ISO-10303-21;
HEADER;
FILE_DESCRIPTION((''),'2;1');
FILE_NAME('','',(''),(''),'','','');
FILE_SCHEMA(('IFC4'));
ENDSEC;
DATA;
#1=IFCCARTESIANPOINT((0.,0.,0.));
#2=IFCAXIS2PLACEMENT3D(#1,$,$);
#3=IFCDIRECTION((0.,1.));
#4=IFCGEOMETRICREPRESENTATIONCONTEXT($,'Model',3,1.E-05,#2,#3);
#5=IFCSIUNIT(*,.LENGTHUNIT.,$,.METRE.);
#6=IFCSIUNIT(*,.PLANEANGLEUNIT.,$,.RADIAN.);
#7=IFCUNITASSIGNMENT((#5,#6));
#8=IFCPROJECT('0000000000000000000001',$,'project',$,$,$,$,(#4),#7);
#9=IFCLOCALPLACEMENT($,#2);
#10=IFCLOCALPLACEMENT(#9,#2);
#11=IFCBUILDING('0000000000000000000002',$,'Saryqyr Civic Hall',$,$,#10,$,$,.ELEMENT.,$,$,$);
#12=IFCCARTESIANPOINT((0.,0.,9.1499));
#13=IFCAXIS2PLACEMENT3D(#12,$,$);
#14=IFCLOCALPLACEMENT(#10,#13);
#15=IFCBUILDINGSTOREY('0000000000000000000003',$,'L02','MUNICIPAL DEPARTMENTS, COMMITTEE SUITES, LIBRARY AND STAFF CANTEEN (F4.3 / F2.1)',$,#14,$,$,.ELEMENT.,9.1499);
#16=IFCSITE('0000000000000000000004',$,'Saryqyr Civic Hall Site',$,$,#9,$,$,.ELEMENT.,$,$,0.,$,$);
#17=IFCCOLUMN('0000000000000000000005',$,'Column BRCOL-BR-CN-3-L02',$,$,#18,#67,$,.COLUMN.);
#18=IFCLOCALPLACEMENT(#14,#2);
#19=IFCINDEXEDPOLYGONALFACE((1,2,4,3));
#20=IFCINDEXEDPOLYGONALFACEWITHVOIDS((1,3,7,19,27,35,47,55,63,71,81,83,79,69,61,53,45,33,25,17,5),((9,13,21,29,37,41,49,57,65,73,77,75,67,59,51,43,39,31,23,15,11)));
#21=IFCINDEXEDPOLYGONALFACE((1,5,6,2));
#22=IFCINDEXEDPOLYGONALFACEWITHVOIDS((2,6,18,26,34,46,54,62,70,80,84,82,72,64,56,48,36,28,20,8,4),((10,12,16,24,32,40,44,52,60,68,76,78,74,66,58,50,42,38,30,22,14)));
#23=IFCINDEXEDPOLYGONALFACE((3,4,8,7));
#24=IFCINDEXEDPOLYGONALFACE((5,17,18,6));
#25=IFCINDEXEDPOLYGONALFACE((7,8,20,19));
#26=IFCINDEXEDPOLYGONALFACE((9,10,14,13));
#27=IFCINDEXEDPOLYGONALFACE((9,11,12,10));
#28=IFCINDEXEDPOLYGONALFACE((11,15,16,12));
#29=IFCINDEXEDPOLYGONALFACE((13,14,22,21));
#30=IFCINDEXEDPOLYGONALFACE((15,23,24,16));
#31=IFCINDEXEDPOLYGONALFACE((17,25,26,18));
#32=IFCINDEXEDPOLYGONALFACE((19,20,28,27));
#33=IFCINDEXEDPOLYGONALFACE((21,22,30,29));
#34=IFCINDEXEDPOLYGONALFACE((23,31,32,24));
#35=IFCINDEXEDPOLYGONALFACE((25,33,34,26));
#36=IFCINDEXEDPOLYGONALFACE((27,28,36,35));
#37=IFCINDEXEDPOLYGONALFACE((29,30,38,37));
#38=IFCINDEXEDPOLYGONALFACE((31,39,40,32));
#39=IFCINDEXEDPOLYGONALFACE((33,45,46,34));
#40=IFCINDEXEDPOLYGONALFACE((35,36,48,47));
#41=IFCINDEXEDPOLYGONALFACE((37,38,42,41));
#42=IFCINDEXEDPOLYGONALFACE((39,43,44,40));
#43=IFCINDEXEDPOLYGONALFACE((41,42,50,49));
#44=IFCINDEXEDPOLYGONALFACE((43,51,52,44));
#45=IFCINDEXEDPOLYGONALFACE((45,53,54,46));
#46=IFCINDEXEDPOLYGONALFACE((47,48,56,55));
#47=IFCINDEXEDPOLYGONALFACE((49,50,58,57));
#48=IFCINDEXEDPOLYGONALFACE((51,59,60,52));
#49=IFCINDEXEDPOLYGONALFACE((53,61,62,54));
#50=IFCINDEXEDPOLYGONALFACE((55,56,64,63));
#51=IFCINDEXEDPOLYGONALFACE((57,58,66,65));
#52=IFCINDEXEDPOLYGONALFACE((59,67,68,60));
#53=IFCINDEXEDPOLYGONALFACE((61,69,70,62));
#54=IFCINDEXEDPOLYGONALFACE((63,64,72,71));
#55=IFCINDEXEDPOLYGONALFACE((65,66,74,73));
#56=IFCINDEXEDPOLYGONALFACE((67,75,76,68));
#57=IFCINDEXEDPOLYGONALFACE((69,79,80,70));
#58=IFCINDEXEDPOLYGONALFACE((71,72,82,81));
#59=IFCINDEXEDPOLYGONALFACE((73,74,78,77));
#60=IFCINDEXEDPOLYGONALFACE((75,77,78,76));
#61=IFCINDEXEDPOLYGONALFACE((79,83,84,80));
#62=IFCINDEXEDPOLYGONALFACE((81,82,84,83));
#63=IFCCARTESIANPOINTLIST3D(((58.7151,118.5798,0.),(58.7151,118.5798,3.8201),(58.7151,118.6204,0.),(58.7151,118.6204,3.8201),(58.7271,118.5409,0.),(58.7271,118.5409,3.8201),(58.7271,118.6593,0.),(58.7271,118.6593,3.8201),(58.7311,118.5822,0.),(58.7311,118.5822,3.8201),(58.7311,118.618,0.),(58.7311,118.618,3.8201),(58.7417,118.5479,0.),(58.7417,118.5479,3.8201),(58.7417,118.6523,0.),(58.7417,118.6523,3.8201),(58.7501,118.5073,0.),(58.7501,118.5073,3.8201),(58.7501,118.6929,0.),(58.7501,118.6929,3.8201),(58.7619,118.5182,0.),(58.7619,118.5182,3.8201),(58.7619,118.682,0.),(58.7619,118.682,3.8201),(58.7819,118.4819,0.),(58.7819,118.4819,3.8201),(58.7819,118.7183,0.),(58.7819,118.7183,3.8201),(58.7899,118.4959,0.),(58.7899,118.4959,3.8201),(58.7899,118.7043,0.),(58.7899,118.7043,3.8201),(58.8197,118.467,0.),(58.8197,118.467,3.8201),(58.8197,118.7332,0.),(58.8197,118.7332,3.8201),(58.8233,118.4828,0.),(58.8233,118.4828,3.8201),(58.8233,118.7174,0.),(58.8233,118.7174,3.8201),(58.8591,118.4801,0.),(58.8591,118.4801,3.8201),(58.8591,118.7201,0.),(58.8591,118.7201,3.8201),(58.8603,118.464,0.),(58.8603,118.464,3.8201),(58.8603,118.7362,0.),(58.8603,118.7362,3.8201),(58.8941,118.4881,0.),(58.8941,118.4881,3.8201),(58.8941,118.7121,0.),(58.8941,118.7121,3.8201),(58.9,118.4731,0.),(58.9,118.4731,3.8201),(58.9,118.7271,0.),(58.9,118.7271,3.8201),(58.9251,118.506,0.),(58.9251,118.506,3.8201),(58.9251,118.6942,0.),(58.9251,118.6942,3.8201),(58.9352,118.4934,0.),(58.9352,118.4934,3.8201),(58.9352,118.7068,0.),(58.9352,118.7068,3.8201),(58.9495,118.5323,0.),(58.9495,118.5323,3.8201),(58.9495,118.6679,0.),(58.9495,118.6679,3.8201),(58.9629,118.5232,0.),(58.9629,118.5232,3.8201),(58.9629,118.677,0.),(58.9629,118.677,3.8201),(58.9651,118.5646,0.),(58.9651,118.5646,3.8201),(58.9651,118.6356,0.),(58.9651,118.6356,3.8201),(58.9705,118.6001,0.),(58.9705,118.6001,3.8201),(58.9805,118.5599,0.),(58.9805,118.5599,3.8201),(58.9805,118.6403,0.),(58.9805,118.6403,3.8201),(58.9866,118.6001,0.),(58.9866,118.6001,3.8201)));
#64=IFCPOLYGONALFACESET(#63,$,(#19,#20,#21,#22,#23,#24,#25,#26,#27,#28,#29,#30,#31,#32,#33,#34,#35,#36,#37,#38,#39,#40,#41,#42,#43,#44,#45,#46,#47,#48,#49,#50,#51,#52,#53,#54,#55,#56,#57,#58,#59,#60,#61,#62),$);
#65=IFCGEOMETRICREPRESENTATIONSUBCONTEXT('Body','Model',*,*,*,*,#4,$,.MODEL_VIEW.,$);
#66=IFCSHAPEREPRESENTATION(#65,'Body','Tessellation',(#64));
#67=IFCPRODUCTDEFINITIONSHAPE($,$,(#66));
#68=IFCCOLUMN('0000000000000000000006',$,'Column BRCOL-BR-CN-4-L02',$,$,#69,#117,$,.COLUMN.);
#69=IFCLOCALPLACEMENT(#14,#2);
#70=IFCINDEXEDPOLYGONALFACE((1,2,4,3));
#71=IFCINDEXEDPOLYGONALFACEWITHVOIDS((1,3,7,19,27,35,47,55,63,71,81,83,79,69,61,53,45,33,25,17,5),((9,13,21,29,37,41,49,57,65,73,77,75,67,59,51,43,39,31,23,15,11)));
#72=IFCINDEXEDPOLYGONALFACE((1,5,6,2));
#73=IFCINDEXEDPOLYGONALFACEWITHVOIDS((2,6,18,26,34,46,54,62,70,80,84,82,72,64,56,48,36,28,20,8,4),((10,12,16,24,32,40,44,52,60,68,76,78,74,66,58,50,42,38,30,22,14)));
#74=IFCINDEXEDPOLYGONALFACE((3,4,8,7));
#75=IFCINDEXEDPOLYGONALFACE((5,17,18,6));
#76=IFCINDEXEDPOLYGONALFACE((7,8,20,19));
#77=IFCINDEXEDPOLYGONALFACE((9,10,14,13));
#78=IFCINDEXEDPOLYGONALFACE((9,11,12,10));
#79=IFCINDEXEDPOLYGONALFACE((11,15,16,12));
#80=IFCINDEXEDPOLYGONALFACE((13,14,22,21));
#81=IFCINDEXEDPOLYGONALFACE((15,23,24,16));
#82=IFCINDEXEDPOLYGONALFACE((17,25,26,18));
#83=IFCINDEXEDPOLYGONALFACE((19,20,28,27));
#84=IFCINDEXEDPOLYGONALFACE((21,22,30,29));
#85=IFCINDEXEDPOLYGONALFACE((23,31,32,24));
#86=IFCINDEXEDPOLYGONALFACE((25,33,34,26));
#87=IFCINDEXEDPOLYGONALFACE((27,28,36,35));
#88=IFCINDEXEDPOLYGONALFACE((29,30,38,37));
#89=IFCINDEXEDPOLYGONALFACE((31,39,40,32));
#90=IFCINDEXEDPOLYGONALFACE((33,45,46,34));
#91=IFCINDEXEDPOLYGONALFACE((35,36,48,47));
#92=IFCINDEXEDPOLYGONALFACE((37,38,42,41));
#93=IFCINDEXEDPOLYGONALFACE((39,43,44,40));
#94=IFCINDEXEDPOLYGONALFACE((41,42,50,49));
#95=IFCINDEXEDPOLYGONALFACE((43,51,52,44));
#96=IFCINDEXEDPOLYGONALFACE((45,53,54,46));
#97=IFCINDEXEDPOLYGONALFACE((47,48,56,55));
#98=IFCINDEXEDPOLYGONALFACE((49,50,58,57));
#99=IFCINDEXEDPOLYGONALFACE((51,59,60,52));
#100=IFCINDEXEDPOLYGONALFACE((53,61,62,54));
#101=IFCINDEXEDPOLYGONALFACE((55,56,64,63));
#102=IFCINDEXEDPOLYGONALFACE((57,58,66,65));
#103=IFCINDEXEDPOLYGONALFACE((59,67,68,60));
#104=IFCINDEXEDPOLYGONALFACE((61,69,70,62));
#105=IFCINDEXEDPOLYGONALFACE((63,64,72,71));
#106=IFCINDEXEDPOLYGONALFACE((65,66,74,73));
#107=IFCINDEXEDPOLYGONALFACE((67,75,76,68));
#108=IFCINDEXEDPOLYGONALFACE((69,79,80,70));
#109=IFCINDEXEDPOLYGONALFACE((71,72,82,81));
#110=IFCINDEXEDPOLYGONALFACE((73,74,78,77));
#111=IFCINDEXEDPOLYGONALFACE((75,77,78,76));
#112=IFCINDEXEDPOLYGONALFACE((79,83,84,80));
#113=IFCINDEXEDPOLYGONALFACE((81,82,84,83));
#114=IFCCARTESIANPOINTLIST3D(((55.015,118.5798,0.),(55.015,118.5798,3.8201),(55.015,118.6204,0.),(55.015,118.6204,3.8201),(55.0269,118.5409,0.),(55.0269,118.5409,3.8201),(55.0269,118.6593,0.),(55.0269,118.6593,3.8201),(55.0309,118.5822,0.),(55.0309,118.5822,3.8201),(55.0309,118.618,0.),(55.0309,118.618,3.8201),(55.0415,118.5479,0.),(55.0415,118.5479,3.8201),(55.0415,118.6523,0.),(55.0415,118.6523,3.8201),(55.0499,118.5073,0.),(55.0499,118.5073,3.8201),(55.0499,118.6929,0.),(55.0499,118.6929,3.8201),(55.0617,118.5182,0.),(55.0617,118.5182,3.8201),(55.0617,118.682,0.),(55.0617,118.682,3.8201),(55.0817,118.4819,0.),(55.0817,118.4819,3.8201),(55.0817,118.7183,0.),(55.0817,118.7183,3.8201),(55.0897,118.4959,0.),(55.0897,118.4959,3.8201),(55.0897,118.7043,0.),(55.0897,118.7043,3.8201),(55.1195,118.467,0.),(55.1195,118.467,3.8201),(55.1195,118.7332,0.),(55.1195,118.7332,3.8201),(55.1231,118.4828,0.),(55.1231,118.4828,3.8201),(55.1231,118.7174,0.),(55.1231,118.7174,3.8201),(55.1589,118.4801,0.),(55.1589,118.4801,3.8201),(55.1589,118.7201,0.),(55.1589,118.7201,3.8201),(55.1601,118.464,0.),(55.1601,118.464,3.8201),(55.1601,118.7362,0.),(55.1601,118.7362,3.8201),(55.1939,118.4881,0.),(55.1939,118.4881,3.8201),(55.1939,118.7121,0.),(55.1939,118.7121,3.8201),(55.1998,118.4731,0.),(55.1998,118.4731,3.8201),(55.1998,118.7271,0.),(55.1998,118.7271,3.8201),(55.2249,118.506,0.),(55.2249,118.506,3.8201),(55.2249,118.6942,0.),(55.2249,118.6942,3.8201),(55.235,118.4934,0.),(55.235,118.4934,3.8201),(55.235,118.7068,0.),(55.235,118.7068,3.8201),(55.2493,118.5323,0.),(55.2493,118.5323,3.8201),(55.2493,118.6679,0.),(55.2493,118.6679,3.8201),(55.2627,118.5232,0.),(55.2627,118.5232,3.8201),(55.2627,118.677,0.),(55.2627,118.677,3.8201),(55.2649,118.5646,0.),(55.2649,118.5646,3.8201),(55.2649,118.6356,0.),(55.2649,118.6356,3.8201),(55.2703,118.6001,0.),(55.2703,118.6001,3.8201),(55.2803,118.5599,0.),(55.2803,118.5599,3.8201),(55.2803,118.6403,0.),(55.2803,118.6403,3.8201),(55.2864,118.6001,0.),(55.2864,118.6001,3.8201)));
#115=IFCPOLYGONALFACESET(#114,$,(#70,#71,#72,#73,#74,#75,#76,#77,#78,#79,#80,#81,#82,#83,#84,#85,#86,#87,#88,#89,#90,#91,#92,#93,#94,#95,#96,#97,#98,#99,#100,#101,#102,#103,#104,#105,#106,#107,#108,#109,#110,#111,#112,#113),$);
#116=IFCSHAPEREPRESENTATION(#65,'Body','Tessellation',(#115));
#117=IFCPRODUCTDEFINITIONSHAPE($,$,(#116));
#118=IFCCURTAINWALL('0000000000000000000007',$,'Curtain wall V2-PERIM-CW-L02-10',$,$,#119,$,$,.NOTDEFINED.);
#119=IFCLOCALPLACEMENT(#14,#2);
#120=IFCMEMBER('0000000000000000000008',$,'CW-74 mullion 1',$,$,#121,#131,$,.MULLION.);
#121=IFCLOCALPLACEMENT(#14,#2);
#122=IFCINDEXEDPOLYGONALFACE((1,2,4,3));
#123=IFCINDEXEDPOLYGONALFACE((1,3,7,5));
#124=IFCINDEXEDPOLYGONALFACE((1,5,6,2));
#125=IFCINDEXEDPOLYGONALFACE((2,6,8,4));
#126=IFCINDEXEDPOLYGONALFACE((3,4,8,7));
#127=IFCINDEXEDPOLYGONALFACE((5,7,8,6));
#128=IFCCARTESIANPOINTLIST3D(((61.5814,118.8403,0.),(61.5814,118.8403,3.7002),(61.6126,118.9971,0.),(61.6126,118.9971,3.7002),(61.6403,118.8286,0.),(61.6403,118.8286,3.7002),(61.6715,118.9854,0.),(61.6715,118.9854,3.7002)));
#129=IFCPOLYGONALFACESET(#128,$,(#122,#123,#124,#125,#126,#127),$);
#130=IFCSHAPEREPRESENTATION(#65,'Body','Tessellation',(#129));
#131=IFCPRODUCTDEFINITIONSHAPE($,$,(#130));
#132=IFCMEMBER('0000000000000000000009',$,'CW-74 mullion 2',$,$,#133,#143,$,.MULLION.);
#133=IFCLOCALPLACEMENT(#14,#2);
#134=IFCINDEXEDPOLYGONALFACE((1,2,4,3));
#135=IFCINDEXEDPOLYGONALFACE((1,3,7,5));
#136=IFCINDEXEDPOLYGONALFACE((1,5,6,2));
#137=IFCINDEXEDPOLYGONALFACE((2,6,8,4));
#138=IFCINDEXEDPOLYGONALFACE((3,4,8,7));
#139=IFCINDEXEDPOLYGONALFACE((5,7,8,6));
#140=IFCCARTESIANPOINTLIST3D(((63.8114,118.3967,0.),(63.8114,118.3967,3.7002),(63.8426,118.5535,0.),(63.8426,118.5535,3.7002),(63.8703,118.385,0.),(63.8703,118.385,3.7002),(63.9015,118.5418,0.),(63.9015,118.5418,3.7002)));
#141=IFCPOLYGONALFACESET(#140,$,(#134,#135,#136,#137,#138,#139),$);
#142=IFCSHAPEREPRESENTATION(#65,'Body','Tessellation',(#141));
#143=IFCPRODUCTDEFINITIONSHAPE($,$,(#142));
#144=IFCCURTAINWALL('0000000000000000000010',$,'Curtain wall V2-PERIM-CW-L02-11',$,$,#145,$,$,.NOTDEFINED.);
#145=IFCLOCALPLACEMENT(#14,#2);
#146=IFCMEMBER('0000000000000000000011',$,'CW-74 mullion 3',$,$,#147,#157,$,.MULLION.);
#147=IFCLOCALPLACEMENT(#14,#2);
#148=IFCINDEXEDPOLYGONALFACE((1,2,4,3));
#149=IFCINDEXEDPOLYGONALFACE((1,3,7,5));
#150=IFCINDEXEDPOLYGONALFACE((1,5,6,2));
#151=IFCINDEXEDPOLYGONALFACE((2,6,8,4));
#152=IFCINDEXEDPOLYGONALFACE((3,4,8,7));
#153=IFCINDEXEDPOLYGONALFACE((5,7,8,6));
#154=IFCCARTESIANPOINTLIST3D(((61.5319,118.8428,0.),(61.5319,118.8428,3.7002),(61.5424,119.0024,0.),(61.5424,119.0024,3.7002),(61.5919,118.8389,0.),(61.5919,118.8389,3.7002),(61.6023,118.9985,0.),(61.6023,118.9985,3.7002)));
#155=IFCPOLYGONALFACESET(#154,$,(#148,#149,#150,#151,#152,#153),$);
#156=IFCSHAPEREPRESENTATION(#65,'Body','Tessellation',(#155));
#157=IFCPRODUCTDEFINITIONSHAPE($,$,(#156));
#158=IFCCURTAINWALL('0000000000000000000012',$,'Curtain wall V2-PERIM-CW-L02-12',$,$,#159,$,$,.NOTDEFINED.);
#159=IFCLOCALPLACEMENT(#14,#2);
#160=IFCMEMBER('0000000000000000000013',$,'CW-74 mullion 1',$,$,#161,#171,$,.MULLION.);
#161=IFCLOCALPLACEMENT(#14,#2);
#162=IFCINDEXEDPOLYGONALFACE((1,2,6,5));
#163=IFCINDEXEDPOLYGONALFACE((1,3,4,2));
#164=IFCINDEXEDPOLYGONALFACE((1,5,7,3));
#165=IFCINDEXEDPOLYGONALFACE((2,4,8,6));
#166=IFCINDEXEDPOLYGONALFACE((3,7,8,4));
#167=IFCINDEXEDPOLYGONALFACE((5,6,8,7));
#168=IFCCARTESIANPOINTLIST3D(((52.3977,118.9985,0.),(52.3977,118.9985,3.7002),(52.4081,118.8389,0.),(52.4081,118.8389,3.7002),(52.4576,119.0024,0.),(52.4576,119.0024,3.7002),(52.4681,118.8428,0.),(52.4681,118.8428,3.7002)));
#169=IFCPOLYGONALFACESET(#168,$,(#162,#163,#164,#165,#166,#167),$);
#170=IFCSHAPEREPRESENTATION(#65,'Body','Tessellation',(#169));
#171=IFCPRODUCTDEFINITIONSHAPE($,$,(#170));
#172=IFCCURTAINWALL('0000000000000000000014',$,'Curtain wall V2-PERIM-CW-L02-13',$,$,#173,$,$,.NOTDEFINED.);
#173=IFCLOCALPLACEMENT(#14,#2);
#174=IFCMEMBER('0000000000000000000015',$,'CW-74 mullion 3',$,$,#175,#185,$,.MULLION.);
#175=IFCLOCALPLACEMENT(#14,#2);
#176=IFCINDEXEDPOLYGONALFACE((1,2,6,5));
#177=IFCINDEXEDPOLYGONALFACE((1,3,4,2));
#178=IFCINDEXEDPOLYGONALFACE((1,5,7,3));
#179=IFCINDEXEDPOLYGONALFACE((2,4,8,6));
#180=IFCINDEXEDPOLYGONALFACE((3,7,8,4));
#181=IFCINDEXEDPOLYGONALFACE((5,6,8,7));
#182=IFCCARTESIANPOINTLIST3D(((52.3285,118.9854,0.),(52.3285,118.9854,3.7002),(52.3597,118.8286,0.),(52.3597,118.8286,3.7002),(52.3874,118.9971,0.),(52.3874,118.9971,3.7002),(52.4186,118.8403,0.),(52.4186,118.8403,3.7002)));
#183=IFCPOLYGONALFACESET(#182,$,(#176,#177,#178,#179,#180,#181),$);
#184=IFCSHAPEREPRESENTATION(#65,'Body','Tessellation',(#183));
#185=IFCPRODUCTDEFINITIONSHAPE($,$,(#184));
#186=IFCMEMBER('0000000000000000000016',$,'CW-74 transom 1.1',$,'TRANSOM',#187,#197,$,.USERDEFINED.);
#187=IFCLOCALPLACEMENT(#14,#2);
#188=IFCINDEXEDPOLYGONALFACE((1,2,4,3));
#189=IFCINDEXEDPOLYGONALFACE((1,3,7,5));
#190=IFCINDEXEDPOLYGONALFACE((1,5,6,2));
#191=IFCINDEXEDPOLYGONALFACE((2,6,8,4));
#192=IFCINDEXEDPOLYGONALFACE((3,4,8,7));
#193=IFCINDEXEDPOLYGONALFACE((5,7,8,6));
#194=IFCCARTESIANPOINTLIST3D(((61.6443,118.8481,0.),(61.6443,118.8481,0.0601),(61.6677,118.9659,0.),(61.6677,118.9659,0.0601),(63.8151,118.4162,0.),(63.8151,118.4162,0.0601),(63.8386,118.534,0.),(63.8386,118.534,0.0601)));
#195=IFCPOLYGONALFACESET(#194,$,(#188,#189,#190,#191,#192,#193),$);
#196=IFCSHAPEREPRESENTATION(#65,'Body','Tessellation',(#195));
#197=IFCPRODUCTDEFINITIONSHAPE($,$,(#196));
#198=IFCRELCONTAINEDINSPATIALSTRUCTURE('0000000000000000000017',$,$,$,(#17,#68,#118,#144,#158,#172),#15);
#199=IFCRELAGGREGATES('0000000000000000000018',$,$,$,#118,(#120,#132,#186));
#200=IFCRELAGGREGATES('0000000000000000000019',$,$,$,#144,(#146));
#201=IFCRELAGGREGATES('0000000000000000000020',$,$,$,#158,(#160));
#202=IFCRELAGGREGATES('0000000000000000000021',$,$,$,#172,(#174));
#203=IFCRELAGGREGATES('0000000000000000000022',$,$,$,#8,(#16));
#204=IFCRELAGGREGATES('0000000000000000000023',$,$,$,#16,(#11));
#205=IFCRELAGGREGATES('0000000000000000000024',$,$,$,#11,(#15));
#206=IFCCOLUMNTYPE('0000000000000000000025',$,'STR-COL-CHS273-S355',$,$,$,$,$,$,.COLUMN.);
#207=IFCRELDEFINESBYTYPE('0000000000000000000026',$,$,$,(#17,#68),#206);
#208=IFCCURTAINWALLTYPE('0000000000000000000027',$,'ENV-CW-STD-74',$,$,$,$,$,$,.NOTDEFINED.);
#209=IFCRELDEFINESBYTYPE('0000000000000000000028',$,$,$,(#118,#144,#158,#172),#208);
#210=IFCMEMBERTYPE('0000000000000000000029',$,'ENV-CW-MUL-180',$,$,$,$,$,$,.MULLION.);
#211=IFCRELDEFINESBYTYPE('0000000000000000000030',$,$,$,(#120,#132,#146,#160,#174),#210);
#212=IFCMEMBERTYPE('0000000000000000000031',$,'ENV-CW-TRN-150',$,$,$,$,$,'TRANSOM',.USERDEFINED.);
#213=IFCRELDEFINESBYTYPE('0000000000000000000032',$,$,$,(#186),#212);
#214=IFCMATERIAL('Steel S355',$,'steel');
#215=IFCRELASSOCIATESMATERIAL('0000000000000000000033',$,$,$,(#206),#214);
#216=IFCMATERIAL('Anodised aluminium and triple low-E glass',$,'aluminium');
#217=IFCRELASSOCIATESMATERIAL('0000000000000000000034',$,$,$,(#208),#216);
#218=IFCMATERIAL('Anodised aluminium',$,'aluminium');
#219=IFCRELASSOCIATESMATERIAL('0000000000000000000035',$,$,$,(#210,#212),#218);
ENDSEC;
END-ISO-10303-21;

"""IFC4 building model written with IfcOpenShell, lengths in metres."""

from ifc_helpers import new_model, si_unit, direction, frame, origin, origin_2d, place, context, subcontext, project, spatial, rectangle, hollow_circle, extrude, material, material_profile, profile_set, type_object, element, aggregate, save


model = new_model("IFC4")

# Units and contexts
model_context = context("Model", 3, precision=1e-05, world=origin(), true_north=direction((0.0, 1.0)))
body_context = subcontext(model_context, "Body", "Model", "MODEL_VIEW")
ifc_project = project(units=[si_unit("LENGTHUNIT", "METRE"), si_unit("PLANEANGLEUNIT", "RADIAN")], contexts=[model_context])

# Site, building, storey
site_placement = place(None, origin())
site = spatial("IfcSite", under=ifc_project, at=site_placement, Name="Saryqyr Civic Hall Site", CompositionType="ELEMENT", RefElevation=0.0)
building_placement = place(site_placement, origin())
building = spatial("IfcBuilding", under=site, at=building_placement, Name="Saryqyr Civic Hall", CompositionType="ELEMENT")
storey_placement = place(building_placement, frame((0.0, 0.0, 9.1499)))
storey = spatial("IfcBuildingStorey", under=building, at=storey_placement, Name="L02", Description="MUNICIPAL DEPARTMENTS, COMMITTEE SUITES, LIBRARY AND STAFF CANTEEN (F4.3 / F2.1)", CompositionType="ELEMENT", Elevation=9.1499)

# Columns
ifc_material_1 = material(Name="Steel S355", Category="steel")
ifc_material_profile_1 = material_profile(ifc_material_1, hollow_circle(Radius=0.1365, WallThickness=0.0161, at=origin_2d()), Name="CHS 273x16")
ifc_profile_set_1 = profile_set([ifc_material_profile_1], Name="Steel S355")
column_type = type_object("IfcColumnType", Name="STR-COL-CHS273-S355", PredefinedType="COLUMN", material=ifc_profile_set_1)
for number, where, z_axis, x_axis, name in (
    (1, (58.8501, 118.6001, 0.0), (0.0, 0.0, 1.0), (1.0, 0.0, 0.0), "Column BRCOL-BR-CN-3-L02"),
    (2, (55.1499, 118.6001, 0.0), (0.0, 0.0, 1.0), (1.0, 0.0, 0.0), "Column BRCOL-BR-CN-4-L02"),
):
    element("IfcColumn", number, at=place(storey_placement, frame(where, z_axis=z_axis, x_axis=x_axis)), inside=storey, type_object=column_type, Name=name, PredefinedType="COLUMN", context=body_context, shape_type="SweptSolid", body=[
        extrude(hollow_circle(Radius=0.1365, WallThickness=0.0161, at=origin_2d()), origin(), (0.0, 0.0, 1.0), 3.8201),
    ])

# Curtain wall, members
ifc_material_2 = material(Name="Anodised aluminium and triple low-E glass", Category="aluminium")
curtain_wall_type = type_object("IfcCurtainWallType", Name="ENV-CW-STD-74", PredefinedType="NOTDEFINED", material=ifc_material_2)
curtain_wall_1_placement = place(storey_placement, origin())
curtain_wall_1 = element("IfcCurtainWall", 3, at=curtain_wall_1_placement, inside=storey, type_object=curtain_wall_type, Name="Curtain wall V2-PERIM-CW-L02-10", PredefinedType="NOTDEFINED")
ifc_material_3 = material(Name="Anodised aluminium", Category="aluminium")
ifc_material_profile_2 = material_profile(ifc_material_3, rectangle(XDim=0.0601, YDim=0.1599, at=origin_2d()), Name="ALU MULLION 60x160")
ifc_profile_set_2 = profile_set([ifc_material_profile_2], Name="Anodised aluminium")
member_type_1 = type_object("IfcMemberType", Name="ENV-CW-MUL-180", PredefinedType="MULLION", material=ifc_profile_set_2)
member_1_placement = place(storey_placement, frame((61.6265, 118.9128, 0.0), z_axis=(0.0, 0.0, 1.0), x_axis=(0.980785, -0.195093, 0.0)))
member_1 = element("IfcMember", 4, at=member_1_placement, type_object=member_type_1, Name="CW-74 mullion 1", PredefinedType="MULLION", context=body_context, shape_type="SweptSolid", body=[
    extrude(rectangle(XDim=0.0601, YDim=0.1599, at=origin_2d()), origin(), (0.0, 0.0, 1.0), 3.7002),
])
member_2_placement = place(storey_placement, frame((63.8564, 118.4692, 0.0), z_axis=(0.0, 0.0, 1.0), x_axis=(0.980785, -0.195093, 0.0)))
member_2 = element("IfcMember", 5, at=member_2_placement, type_object=member_type_1, Name="CW-74 mullion 2", PredefinedType="MULLION", context=body_context, shape_type="SweptSolid", body=[
    extrude(rectangle(XDim=0.0601, YDim=0.1599, at=origin_2d()), origin(), (0.0, 0.0, 1.0), 3.7002),
])

# Curtain walls, members
curtain_wall_2_placement = place(storey_placement, origin())
curtain_wall_2 = element("IfcCurtainWall", 6, at=curtain_wall_2_placement, inside=storey, type_object=curtain_wall_type, Name="Curtain wall V2-PERIM-CW-L02-11", PredefinedType="NOTDEFINED")
member_3_placement = place(storey_placement, frame((61.5671, 118.9207, 0.0), z_axis=(0.0, 0.0, 1.0), x_axis=(0.997859, -0.065401, 0.0)))
member_3 = element("IfcMember", 7, at=member_3_placement, type_object=member_type_1, Name="CW-74 mullion 3", PredefinedType="MULLION", context=body_context, shape_type="SweptSolid", body=[
    extrude(rectangle(XDim=0.0601, YDim=0.1599, at=origin_2d()), origin(), (0.0, 0.0, 1.0), 3.7002),
])
curtain_wall_3_placement = place(storey_placement, origin())
curtain_wall_3 = element("IfcCurtainWall", 8, at=curtain_wall_3_placement, inside=storey, type_object=curtain_wall_type, Name="Curtain wall V2-PERIM-CW-L02-12", PredefinedType="NOTDEFINED")
member_4_placement = place(storey_placement, frame((52.4329, 118.9207, 0.0), z_axis=(0.0, 0.0, 1.0), x_axis=(0.997859, 0.065401, 0.0)))
member_4 = element("IfcMember", 9, at=member_4_placement, type_object=member_type_1, Name="CW-74 mullion 1", PredefinedType="MULLION", context=body_context, shape_type="SweptSolid", body=[
    extrude(rectangle(XDim=0.0601, YDim=0.1599, at=origin_2d()), origin(), (0.0, 0.0, 1.0), 3.7002),
])
curtain_wall_4_placement = place(storey_placement, origin())
curtain_wall_4 = element("IfcCurtainWall", 10, at=curtain_wall_4_placement, inside=storey, type_object=curtain_wall_type, Name="Curtain wall V2-PERIM-CW-L02-13", PredefinedType="NOTDEFINED")
member_5_placement = place(storey_placement, frame((52.3735, 118.9128, 0.0), z_axis=(0.0, 0.0, 1.0), x_axis=(0.980785, 0.195093, 0.0)))
member_5 = element("IfcMember", 11, at=member_5_placement, type_object=member_type_1, Name="CW-74 mullion 3", PredefinedType="MULLION", context=body_context, shape_type="SweptSolid", body=[
    extrude(rectangle(XDim=0.0601, YDim=0.1599, at=origin_2d()), origin(), (0.0, 0.0, 1.0), 3.7002),
])

# Member
ifc_material_profile_3 = material_profile(ifc_material_3, rectangle(XDim=0.1201, YDim=0.0601, at=origin_2d()), Name="ALU TRANSOM 120x60")
ifc_profile_set_3 = profile_set([ifc_material_profile_3], Name="Anodised aluminium")
member_type_2 = type_object("IfcMemberType", Name="ENV-CW-TRN-150", ElementType="TRANSOM", PredefinedType="USERDEFINED", material=ifc_profile_set_3)
member_6_placement = place(storey_placement, frame((61.656, 118.907, 0.03), z_axis=(0.98078, -0.195119, 0.0), x_axis=(0.195119, 0.98078, 0.0)))
member_6 = element("IfcMember", 12, at=member_6_placement, type_object=member_type_2, Name="CW-74 transom 1.1", ObjectType="TRANSOM", PredefinedType="USERDEFINED", context=body_context, shape_type="SweptSolid", body=[
    extrude(rectangle(XDim=0.1201, YDim=0.0601, at=origin_2d()), origin(), (0.0, 0.0, 1.0), 2.2134),
])

aggregate(curtain_wall_1, [member_1, member_2, member_6])
aggregate(curtain_wall_2, [member_3])
aggregate(curtain_wall_3, [member_4])
aggregate(curtain_wall_4, [member_5])

save(model, "model.ifc")
